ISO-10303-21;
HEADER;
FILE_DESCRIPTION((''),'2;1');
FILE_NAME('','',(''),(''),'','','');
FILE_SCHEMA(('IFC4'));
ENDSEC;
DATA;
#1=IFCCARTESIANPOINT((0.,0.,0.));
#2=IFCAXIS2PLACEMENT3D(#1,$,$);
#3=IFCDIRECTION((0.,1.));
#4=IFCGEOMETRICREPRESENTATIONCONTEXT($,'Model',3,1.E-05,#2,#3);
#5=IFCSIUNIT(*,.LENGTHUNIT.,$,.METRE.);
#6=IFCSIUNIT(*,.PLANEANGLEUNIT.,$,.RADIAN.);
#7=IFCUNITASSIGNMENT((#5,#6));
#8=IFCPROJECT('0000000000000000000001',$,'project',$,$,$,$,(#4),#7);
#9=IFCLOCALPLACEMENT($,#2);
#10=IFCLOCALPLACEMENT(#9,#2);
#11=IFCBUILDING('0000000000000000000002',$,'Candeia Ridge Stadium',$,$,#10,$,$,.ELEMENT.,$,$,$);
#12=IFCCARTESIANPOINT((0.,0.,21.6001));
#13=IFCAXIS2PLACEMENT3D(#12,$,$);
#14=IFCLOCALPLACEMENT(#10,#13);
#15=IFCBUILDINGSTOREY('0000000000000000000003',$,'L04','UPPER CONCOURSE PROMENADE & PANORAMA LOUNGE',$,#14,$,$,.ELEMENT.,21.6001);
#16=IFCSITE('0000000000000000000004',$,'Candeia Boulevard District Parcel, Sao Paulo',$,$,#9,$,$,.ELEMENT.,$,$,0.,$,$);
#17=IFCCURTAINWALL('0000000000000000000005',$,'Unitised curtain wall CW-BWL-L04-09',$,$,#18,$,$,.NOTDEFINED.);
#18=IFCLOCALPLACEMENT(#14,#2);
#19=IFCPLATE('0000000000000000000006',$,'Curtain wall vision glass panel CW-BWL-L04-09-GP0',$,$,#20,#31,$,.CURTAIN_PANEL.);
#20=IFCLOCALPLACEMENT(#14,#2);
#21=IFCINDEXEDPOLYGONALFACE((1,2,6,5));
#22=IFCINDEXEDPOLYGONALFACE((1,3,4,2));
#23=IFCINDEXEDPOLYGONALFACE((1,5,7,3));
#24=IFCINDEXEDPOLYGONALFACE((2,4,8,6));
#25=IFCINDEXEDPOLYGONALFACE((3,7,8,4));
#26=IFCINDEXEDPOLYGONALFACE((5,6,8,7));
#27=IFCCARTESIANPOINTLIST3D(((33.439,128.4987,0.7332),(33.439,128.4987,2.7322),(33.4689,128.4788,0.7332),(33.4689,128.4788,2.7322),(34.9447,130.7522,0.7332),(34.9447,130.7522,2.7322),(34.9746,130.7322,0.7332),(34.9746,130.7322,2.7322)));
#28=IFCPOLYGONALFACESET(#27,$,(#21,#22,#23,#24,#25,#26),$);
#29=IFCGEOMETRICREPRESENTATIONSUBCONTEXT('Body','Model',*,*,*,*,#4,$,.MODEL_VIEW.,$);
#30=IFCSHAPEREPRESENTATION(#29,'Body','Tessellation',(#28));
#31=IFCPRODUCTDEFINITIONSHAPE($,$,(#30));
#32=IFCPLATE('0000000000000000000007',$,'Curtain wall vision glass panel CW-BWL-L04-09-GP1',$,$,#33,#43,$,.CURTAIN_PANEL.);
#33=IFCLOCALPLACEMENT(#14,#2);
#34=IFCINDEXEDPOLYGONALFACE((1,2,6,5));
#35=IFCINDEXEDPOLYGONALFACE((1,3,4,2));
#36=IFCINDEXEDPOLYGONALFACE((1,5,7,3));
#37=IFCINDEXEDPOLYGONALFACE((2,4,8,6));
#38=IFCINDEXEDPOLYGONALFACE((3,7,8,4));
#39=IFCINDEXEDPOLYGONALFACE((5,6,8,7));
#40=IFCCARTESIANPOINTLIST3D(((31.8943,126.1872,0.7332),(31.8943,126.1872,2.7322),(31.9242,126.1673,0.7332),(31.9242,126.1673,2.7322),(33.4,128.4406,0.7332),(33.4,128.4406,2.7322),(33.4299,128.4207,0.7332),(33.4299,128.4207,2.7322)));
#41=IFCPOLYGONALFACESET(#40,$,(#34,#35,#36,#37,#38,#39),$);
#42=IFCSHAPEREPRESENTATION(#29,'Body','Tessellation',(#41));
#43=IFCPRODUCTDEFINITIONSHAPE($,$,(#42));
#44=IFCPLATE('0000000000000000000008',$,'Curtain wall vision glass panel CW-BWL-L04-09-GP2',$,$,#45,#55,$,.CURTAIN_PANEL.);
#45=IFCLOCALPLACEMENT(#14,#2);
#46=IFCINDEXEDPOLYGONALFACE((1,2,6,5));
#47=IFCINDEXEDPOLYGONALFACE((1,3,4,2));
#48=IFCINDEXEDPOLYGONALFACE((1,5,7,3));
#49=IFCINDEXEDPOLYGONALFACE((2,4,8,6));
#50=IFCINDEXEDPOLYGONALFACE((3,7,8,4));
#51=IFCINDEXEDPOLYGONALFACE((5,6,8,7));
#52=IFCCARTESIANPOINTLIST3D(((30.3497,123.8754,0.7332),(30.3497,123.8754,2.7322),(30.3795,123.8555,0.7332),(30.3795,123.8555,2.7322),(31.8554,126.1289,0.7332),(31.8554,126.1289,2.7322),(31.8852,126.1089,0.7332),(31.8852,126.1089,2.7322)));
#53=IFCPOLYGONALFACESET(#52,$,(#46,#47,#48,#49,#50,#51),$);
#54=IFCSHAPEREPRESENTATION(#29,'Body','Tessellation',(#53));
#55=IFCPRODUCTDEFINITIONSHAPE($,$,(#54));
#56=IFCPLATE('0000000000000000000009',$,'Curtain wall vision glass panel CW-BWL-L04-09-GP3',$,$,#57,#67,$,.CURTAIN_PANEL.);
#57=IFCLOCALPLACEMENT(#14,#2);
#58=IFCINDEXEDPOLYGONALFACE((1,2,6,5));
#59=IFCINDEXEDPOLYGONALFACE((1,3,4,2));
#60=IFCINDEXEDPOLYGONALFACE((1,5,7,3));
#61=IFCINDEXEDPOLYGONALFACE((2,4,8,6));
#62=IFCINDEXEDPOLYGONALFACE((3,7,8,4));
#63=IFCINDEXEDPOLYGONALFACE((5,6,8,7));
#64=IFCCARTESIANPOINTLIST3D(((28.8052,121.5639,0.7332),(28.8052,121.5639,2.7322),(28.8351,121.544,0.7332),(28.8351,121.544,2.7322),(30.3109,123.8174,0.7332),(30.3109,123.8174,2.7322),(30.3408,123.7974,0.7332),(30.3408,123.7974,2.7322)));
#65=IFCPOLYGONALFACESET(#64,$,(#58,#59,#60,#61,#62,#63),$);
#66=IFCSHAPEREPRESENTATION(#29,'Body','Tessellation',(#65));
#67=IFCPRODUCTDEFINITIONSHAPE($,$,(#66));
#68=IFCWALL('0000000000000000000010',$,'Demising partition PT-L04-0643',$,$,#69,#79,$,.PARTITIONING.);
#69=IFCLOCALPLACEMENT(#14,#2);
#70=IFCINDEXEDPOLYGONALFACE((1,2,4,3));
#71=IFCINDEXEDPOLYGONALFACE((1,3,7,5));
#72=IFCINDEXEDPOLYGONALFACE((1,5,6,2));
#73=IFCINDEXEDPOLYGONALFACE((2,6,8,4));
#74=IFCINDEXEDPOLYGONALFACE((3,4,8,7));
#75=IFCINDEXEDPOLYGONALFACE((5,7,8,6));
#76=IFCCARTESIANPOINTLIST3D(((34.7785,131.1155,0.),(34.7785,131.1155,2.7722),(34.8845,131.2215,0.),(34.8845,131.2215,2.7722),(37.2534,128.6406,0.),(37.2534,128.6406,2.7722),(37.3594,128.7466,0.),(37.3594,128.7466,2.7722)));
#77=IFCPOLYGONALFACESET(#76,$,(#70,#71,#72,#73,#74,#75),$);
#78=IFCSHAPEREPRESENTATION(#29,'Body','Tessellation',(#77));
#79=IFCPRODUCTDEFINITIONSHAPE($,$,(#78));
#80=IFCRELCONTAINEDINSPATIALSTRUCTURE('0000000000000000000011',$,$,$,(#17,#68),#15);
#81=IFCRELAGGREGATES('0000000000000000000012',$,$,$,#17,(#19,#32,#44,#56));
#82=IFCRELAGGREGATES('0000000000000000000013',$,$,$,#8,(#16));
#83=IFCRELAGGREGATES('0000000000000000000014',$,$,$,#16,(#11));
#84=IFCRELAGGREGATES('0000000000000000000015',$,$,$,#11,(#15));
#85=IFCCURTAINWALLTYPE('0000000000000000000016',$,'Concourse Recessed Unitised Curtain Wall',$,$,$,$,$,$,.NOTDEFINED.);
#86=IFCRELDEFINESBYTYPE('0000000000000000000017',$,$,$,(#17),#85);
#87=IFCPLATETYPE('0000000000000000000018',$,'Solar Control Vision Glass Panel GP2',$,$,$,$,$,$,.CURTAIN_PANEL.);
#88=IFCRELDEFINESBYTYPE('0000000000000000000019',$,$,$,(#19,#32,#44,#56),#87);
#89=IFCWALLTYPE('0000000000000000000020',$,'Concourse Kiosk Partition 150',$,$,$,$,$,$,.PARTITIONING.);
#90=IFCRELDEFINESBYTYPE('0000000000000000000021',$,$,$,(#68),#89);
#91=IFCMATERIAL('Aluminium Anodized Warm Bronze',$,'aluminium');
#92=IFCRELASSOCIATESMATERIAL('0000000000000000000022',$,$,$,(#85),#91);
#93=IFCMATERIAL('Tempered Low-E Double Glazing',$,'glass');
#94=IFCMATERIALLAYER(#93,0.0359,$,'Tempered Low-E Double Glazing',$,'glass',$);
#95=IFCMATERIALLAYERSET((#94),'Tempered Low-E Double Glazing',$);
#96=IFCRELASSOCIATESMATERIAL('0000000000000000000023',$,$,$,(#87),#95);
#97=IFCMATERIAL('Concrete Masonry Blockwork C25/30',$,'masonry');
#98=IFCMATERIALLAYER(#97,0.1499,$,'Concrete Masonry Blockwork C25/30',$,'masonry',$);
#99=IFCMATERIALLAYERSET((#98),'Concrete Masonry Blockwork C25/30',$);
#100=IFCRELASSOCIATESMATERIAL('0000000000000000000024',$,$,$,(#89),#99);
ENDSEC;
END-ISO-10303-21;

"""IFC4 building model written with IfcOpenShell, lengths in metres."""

from ifc_helpers import new_model, si_unit, direction, frame, frame_2d, origin, origin_2d, place, context, subcontext, project, spatial, rectangle, extrude, material, layer, layer_set, type_object, element, aggregate, save


model = new_model("IFC4")

# Units and contexts
model_context = context("Model", 3, precision=1e-05, world=origin(), true_north=direction((0.0, 1.0)))
body_context = subcontext(model_context, "Body", "Model", "MODEL_VIEW")
ifc_project = project(units=[si_unit("LENGTHUNIT", "METRE"), si_unit("PLANEANGLEUNIT", "RADIAN")], contexts=[model_context])

# Site, building, storey
site_placement = place(None, origin())
site = spatial("IfcSite", under=ifc_project, at=site_placement, Name="Candeia Boulevard District Parcel, Sao Paulo", CompositionType="ELEMENT", RefElevation=0.0)
building_placement = place(site_placement, origin())
building = spatial("IfcBuilding", under=site, at=building_placement, Name="Candeia Ridge Stadium", CompositionType="ELEMENT")
storey_placement = place(building_placement, frame((0.0, 0.0, 21.6001)))
storey = spatial("IfcBuildingStorey", under=building, at=storey_placement, Name="L04", Description="UPPER CONCOURSE PROMENADE & PANORAMA LOUNGE", CompositionType="ELEMENT", Elevation=21.6001)

# Curtain wall
ifc_material_1 = material(Name="Aluminium Anodized Warm Bronze", Category="aluminium")
curtain_wall_type = type_object("IfcCurtainWallType", Name="Concourse Recessed Unitised Curtain Wall", PredefinedType="NOTDEFINED", material=ifc_material_1)
curtain_wall_1_placement = place(storey_placement, origin())
curtain_wall_1 = element("IfcCurtainWall", 1, at=curtain_wall_1_placement, inside=storey, type_object=curtain_wall_type, Name="Unitised curtain wall CW-BWL-L04-09", PredefinedType="NOTDEFINED")

# Plates
ifc_material_2 = material(Name="Tempered Low-E Double Glazing", Category="glass")
ifc_layer_1 = layer(ifc_material_2, 0.0359, Name="Tempered Low-E Double Glazing", Category="glass")
ifc_layer_set_1 = layer_set([ifc_layer_1], Name="Tempered Low-E Double Glazing")
plate_type_1 = type_object("IfcPlateType", Name="Solar Control Vision Glass Panel GP2", PredefinedType="CURTAIN_PANEL", material=ifc_layer_set_1)
plate_1_placement = place(storey_placement, frame((34.2068, 129.6155, 0.7332), z_axis=(0.0, 0.0, 1.0), x_axis=(-0.555571, -0.831469, 0.0)))
plate_1 = element("IfcPlate", 2, at=plate_1_placement, type_object=plate_type_1, Name="Curtain wall vision glass panel CW-BWL-L04-09-GP0", PredefinedType="CURTAIN_PANEL", context=body_context, shape_type="SweptSolid", body=[
    extrude(rectangle(XDim=2.7102, YDim=0.0359, at=origin_2d()), origin(), (0.0, 0.0, 1.0), 1.999),
])
plate_2_placement = place(storey_placement, frame((32.6621, 127.304, 0.7332), z_axis=(0.0, 0.0, 1.0), x_axis=(-0.555571, -0.831469, 0.0)))
plate_2 = element("IfcPlate", 3, at=plate_2_placement, type_object=plate_type_1, Name="Curtain wall vision glass panel CW-BWL-L04-09-GP1", PredefinedType="CURTAIN_PANEL", context=body_context, shape_type="SweptSolid", body=[
    extrude(rectangle(XDim=2.7102, YDim=0.0359, at=origin_2d()), origin(), (0.0, 0.0, 1.0), 1.999),
])
plate_3_placement = place(storey_placement, frame((31.1174, 124.9922, 0.7332), z_axis=(0.0, 0.0, 1.0), x_axis=(-0.555571, -0.831469, 0.0)))
plate_3 = element("IfcPlate", 4, at=plate_3_placement, type_object=plate_type_1, Name="Curtain wall vision glass panel CW-BWL-L04-09-GP2", PredefinedType="CURTAIN_PANEL", context=body_context, shape_type="SweptSolid", body=[
    extrude(rectangle(XDim=2.7102, YDim=0.0359, at=origin_2d()), origin(), (0.0, 0.0, 1.0), 1.999),
])
plate_4_placement = place(storey_placement, frame((29.573, 122.6807, 0.7332), z_axis=(0.0, 0.0, 1.0), x_axis=(-0.555571, -0.831469, 0.0)))
plate_4 = element("IfcPlate", 5, at=plate_4_placement, type_object=plate_type_1, Name="Curtain wall vision glass panel CW-BWL-L04-09-GP3", PredefinedType="CURTAIN_PANEL", context=body_context, shape_type="SweptSolid", body=[
    extrude(rectangle(XDim=2.7102, YDim=0.0359, at=origin_2d()), origin(), (0.0, 0.0, 1.0), 1.999),
])
aggregate(curtain_wall_1, [plate_1, plate_2, plate_3, plate_4])

# Wall
ifc_material_3 = material(Name="Concrete Masonry Blockwork C25/30", Category="masonry")
ifc_layer_2 = layer(ifc_material_3, 0.1499, Name="Concrete Masonry Blockwork C25/30", Category="masonry")
ifc_layer_set_2 = layer_set([ifc_layer_2], Name="Concrete Masonry Blockwork C25/30")
wall_type = type_object("IfcWallType", Name="Concourse Kiosk Partition 150", PredefinedType="PARTITIONING", material=ifc_layer_set_2)
wall_placement = place(storey_placement, frame((37.3064, 128.6936, 0.0), z_axis=(0.0, 0.0, 1.0), x_axis=(-0.707107, 0.707107, 0.0)))
element("IfcWall", 6, at=wall_placement, inside=storey, type_object=wall_type, Name="Demising partition PT-L04-0643", PredefinedType="PARTITIONING", context=body_context, shape_type="SweptSolid", body=[
    extrude(rectangle(XDim=3.5, YDim=0.1499, at=frame_2d((1.75, 0.0))), origin(), (0.0, 0.0, 1.0), 2.7722),
])

save(model, "model.ifc")
